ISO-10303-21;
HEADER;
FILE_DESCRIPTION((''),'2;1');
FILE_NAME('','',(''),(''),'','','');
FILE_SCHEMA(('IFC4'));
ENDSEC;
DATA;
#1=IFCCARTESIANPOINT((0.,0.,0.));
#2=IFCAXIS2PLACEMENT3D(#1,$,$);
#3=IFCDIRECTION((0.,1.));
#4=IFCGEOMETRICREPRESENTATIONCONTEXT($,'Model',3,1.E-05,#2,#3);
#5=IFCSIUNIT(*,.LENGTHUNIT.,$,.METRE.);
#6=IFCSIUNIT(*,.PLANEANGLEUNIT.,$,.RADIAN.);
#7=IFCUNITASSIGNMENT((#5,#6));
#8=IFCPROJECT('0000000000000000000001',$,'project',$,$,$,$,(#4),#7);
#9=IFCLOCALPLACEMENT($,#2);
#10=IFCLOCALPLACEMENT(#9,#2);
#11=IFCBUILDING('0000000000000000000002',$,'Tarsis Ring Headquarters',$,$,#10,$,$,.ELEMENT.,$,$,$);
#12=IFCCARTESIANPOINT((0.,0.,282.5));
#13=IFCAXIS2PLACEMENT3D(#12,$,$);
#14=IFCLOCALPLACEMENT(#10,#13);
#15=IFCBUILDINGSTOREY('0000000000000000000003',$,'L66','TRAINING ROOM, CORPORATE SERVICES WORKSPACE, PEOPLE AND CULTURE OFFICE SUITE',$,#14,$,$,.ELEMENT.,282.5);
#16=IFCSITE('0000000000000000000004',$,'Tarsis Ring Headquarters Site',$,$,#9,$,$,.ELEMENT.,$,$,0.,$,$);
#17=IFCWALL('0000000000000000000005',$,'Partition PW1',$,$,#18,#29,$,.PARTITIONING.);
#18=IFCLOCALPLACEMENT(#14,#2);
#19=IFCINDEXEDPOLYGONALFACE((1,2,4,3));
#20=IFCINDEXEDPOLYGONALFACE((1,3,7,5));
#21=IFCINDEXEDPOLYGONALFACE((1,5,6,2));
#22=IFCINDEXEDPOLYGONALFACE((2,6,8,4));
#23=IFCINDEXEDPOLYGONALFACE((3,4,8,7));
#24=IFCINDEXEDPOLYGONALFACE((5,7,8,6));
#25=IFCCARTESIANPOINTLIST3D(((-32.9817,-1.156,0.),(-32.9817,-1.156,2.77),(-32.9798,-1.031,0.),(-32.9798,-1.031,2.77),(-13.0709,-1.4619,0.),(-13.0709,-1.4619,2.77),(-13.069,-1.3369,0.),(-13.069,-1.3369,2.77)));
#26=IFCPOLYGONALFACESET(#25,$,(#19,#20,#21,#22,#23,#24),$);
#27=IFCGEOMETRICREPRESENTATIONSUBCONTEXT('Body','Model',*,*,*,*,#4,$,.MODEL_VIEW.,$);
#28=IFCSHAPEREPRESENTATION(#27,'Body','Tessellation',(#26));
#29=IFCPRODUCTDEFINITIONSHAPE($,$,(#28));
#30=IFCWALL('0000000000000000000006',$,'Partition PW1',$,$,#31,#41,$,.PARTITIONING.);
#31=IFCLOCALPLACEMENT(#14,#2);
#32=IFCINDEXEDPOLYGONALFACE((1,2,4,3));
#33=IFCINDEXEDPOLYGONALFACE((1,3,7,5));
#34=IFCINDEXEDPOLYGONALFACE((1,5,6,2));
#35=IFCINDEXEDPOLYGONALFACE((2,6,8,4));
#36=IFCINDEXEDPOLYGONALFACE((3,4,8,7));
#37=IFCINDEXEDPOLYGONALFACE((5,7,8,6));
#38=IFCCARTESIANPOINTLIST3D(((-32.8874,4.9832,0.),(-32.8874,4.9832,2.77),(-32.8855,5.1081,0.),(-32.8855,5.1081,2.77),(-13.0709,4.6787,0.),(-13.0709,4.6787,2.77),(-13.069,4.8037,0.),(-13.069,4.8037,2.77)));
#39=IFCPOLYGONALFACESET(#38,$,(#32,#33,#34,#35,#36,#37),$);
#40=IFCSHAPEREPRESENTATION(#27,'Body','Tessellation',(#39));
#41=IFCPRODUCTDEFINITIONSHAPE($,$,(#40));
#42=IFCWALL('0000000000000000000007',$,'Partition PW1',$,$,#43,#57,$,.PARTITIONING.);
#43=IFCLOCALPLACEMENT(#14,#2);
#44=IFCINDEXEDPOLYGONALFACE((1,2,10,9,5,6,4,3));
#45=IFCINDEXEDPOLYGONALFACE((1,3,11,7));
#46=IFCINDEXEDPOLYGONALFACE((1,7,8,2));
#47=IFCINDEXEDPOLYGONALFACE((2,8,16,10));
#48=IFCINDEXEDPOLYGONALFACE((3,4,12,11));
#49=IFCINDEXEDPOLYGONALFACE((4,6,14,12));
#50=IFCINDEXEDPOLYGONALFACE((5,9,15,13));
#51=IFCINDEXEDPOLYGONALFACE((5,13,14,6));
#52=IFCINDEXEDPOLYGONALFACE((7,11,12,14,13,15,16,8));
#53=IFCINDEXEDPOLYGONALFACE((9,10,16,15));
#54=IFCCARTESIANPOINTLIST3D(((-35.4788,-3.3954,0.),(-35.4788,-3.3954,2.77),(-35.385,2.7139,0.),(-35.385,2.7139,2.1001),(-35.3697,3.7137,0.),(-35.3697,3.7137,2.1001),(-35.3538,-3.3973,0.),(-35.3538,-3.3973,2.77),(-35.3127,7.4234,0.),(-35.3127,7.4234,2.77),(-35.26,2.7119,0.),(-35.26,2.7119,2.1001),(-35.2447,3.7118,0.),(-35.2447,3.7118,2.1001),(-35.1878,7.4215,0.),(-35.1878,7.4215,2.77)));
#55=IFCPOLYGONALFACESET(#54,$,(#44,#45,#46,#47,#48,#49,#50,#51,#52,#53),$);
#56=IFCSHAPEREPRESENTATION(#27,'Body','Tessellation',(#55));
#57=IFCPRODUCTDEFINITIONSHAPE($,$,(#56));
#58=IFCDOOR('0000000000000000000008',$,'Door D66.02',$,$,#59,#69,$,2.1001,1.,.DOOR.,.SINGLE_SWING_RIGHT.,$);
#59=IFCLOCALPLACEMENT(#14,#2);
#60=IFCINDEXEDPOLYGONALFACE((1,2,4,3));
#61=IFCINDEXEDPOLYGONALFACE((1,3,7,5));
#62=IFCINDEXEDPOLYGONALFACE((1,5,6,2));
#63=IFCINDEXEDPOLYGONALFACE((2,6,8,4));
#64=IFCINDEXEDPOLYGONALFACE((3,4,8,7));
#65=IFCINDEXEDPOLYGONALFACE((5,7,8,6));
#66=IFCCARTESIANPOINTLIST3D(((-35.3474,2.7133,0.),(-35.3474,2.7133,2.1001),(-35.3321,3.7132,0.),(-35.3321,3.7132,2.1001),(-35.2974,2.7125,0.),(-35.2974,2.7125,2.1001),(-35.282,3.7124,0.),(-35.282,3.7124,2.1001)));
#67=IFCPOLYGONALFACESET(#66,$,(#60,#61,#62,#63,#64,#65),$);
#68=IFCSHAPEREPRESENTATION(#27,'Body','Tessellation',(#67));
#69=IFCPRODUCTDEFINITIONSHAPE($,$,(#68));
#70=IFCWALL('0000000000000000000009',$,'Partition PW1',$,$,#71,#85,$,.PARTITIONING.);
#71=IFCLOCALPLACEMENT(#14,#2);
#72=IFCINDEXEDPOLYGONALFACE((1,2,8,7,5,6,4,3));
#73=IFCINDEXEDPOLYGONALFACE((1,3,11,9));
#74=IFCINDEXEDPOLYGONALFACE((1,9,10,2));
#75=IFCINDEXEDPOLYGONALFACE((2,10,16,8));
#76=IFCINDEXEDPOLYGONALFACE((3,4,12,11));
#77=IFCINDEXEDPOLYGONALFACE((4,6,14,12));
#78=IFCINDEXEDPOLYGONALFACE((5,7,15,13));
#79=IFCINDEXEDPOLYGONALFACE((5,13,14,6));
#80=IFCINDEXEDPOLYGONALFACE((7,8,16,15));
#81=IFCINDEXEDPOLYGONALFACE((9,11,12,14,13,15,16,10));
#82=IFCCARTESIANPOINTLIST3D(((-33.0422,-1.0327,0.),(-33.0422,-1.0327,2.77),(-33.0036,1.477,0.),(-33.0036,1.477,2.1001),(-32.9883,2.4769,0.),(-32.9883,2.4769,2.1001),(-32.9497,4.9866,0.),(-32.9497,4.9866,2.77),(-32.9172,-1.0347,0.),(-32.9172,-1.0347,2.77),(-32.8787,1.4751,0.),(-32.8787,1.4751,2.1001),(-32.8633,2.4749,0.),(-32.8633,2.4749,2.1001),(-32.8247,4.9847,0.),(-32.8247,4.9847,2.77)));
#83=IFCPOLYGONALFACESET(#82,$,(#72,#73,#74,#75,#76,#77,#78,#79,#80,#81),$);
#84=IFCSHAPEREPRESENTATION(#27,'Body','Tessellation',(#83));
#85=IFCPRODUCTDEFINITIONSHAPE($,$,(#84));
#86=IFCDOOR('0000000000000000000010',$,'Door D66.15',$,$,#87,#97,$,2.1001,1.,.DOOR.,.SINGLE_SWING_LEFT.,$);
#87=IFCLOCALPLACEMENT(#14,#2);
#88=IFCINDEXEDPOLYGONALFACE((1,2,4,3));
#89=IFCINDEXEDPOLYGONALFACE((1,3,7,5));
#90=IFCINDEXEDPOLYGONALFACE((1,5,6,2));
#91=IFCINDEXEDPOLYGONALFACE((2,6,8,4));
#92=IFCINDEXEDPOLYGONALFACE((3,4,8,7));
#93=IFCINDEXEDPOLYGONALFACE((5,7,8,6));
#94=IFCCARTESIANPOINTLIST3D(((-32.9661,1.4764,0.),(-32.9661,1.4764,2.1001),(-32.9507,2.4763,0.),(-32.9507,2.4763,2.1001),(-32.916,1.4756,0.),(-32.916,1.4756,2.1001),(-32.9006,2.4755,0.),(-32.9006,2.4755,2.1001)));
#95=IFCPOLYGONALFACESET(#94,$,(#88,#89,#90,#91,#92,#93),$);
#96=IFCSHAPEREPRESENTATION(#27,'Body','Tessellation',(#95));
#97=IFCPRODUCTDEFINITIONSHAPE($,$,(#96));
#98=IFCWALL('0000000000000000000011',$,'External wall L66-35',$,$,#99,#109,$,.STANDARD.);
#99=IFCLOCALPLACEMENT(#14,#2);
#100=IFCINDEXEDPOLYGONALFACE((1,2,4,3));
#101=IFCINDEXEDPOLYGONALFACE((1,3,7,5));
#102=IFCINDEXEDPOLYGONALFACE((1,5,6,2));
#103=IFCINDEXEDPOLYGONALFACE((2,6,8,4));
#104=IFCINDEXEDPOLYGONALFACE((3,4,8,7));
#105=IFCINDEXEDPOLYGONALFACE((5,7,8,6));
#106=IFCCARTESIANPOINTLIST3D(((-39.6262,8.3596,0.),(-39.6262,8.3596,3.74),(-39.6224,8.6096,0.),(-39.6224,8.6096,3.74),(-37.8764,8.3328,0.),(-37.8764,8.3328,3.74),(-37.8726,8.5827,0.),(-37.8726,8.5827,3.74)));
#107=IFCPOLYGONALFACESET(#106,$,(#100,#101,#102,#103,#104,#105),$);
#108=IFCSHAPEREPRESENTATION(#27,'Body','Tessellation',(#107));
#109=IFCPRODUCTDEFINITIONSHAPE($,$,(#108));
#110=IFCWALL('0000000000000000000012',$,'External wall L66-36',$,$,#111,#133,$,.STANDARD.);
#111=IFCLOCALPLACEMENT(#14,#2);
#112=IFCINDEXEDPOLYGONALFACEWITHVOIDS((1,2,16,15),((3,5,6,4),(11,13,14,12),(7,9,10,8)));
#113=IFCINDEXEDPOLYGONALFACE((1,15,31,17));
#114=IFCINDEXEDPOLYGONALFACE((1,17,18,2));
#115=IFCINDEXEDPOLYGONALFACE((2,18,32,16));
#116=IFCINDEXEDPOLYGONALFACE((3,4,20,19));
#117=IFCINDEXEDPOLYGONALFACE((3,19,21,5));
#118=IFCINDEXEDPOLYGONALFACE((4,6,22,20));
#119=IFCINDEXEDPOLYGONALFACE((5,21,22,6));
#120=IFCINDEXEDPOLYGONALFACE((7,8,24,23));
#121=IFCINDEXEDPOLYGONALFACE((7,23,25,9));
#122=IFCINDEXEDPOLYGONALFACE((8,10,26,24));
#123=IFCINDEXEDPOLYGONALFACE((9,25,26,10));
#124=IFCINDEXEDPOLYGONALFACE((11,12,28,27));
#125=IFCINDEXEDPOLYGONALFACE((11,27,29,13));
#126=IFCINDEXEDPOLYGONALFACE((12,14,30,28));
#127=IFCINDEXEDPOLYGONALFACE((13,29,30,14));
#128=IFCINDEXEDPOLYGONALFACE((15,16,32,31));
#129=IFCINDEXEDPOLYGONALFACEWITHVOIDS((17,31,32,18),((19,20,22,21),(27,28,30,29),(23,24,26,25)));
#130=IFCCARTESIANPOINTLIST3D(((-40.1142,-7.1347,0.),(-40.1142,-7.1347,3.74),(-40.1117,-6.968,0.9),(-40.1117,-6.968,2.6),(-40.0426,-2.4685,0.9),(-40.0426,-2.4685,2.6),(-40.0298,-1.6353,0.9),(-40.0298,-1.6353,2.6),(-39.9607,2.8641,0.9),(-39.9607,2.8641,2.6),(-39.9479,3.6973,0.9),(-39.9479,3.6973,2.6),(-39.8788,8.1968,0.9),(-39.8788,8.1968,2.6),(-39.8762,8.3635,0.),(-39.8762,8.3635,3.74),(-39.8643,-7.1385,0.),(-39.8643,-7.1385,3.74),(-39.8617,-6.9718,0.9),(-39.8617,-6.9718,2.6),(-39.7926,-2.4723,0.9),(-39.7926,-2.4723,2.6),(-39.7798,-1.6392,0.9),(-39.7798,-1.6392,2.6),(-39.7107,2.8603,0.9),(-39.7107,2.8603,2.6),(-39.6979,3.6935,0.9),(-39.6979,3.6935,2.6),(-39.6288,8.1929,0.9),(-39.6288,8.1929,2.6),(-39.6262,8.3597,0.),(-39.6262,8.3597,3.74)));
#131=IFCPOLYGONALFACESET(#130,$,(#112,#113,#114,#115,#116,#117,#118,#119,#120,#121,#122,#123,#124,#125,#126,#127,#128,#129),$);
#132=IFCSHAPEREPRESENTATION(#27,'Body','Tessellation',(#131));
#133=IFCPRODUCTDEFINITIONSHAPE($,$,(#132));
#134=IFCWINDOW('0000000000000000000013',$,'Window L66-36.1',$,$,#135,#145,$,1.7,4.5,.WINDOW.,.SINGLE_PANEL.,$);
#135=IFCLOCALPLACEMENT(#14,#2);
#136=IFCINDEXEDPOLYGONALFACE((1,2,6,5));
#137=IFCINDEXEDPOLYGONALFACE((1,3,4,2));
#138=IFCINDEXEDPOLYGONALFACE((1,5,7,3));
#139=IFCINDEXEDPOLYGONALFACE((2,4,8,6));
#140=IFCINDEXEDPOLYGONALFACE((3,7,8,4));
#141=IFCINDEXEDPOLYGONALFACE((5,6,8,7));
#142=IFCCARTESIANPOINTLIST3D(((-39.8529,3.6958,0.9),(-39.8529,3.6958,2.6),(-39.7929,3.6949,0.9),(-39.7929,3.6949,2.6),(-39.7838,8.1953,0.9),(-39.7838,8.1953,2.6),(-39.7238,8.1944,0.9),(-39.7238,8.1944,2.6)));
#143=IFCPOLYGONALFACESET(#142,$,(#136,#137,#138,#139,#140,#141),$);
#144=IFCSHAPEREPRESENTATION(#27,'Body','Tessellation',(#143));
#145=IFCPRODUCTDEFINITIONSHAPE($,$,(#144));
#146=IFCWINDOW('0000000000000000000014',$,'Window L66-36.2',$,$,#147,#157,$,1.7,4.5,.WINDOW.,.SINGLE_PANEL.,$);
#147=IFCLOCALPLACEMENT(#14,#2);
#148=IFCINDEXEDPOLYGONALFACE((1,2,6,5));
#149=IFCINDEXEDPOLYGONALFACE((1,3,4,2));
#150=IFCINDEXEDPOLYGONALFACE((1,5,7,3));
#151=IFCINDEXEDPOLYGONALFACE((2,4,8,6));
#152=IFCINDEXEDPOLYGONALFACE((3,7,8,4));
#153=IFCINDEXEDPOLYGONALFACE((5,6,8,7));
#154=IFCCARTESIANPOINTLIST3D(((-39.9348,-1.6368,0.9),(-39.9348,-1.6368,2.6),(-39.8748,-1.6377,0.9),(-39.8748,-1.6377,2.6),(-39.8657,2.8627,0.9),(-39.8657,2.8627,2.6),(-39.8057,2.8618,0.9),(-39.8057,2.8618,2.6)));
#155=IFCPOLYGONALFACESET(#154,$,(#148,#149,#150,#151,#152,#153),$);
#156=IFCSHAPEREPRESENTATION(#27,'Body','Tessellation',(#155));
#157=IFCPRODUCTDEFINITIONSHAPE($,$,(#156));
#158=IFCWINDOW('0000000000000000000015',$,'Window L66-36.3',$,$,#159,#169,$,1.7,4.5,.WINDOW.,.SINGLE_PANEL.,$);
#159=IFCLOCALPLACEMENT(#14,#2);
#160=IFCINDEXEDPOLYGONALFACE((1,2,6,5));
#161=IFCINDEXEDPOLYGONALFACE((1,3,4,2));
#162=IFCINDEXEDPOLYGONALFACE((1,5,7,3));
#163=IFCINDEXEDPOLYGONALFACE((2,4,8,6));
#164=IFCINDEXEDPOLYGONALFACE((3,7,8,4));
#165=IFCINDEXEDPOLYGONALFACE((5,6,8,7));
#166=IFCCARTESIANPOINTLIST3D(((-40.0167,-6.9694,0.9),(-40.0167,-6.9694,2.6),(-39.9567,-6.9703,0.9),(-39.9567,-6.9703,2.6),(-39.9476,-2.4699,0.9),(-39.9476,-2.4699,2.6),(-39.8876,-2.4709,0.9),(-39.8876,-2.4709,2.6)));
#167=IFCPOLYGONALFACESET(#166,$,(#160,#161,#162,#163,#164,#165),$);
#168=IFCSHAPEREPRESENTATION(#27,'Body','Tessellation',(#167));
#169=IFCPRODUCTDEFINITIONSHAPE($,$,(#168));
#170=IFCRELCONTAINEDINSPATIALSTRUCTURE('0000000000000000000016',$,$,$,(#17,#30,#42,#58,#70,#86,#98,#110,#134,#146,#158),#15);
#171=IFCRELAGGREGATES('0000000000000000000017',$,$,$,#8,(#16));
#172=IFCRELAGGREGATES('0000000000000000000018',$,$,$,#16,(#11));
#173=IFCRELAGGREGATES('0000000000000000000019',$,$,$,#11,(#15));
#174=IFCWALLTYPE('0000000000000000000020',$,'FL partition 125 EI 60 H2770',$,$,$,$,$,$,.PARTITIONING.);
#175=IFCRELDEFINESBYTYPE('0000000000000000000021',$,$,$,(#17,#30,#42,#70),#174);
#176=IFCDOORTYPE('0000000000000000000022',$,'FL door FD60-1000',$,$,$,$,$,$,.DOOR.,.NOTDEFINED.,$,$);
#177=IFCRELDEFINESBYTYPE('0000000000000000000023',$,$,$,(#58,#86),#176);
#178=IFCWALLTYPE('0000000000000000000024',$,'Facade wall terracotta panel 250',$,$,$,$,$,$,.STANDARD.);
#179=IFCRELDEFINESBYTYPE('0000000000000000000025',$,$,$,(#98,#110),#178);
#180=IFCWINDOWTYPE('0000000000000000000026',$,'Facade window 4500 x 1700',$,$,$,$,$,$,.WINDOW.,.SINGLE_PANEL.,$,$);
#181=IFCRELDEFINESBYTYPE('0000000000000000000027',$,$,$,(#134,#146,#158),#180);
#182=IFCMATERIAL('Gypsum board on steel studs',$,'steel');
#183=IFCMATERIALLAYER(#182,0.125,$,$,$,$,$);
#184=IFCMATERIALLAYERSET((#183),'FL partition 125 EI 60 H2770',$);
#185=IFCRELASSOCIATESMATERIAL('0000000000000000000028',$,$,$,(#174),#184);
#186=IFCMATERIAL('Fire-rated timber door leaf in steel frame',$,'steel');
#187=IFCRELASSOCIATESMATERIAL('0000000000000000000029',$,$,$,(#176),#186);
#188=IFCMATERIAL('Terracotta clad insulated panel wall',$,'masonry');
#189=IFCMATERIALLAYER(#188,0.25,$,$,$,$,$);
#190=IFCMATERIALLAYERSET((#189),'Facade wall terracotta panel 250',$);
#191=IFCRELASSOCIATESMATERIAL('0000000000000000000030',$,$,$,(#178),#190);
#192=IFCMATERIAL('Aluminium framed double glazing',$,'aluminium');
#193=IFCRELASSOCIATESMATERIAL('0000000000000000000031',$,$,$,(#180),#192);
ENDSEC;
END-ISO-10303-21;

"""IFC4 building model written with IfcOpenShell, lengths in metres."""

from ifc_helpers import new_model, si_unit, direction, frame, frame_2d, origin, place, context, subcontext, project, spatial, rectangle, extrude, material, layer, layer_set, type_object, element, fill, save


model = new_model("IFC4")

# Units and contexts
model_context = context("Model", 3, precision=1e-05, world=origin(), true_north=direction((0.0, 1.0)))
body_context = subcontext(model_context, "Body", "Model", "MODEL_VIEW")
ifc_project = project(units=[si_unit("LENGTHUNIT", "METRE"), si_unit("PLANEANGLEUNIT", "RADIAN")], contexts=[model_context])

# Site, building, storey
site_placement = place(None, origin())
site = spatial("IfcSite", under=ifc_project, at=site_placement, Name="Tarsis Ring Headquarters Site", CompositionType="ELEMENT", RefElevation=0.0)
building_placement = place(site_placement, origin())
building = spatial("IfcBuilding", under=site, at=building_placement, Name="Tarsis Ring Headquarters", CompositionType="ELEMENT")
storey_placement = place(building_placement, frame((0.0, 0.0, 282.5)))
storey = spatial("IfcBuildingStorey", under=building, at=storey_placement, Name="L66", Description="TRAINING ROOM, CORPORATE SERVICES WORKSPACE, PEOPLE AND CULTURE OFFICE SUITE", CompositionType="ELEMENT", Elevation=282.5)

# Shared definitions
ifc_material_1 = material(Name="Gypsum board on steel studs", Category="steel")

# Shared definitions
ifc_layer_1 = layer(ifc_material_1, 0.125)
ifc_layer_set_1 = layer_set([ifc_layer_1], Name="FL partition 125 EI 60 H2770")
wall_type_1 = type_object("IfcWallType", Name="FL partition 125 EI 60 H2770", PredefinedType="PARTITIONING", material=ifc_layer_set_1)
ifc_material_2 = material(Name="Fire-rated timber door leaf in steel frame", Category="steel")
door_type = type_object("IfcDoorType", Name="FL door FD60-1000", OperationType="NOTDEFINED", PredefinedType="DOOR", material=ifc_material_2)

# Walls
wall_1_placement = place(storey_placement, frame((-32.9807, -1.0935, 0.0), z_axis=(0.0, 0.0, 1.0), x_axis=(0.999882, -0.015362, 0.0)))
element("IfcWall", 1, at=wall_1_placement, inside=storey, type_object=wall_type_1, Name="Partition PW1", PredefinedType="PARTITIONING", context=body_context, shape_type="SweptSolid", body=[
    extrude(rectangle(XDim=19.9131, YDim=0.125, at=frame_2d((9.9565, 0.0))), origin(), (0.0, 0.0, 1.0), 2.77),
])
wall_2_placement = place(storey_placement, frame((-32.8865, 5.0457, 0.0), z_axis=(0.0, 0.0, 1.0), x_axis=(0.999882, -0.015361, 0.0)))
element("IfcWall", 2, at=wall_2_placement, inside=storey, type_object=wall_type_1, Name="Partition PW1", PredefinedType="PARTITIONING", context=body_context, shape_type="SweptSolid", body=[
    extrude(rectangle(XDim=19.8188, YDim=0.125, at=frame_2d((9.9094, 0.0))), origin(), (0.0, 0.0, 1.0), 2.77),
])

# Walls, openings, doors
wall_3_placement = place(storey_placement, frame((-35.4163, -3.3965, 0.0), z_axis=(0.0, 0.0, 1.0), x_axis=(0.015343, 0.999882, 0.0)))
wall_3 = element("IfcWall", 3, at=wall_3_placement, inside=storey, type_object=wall_type_1, Name="Partition PW1", PredefinedType="PARTITIONING", context=body_context, shape_type="SweptSolid", body=[
    extrude(rectangle(XDim=10.8201, YDim=0.125, at=frame_2d((5.4102, 0.0))), origin(), (0.0, 0.0, 1.0), 2.77),
])
opening_1_placement = place(wall_3_placement, frame((6.1101, 0.0, 0.0)))
opening_1 = element("IfcOpeningElement", 4, at=opening_1_placement, cuts=wall_3, PredefinedType="OPENING", context=body_context, shape_type="SweptSolid", body=[
    extrude(rectangle(XDim=1.0, YDim=2.1001, at=frame_2d((0.5, 1.05))), frame((0.0, 0.0725, 0.0), z_axis=(0.0, -1.0, 0.0), x_axis=(1.0, 0.0, 0.0)), (0.0, 0.0, 1.0), 0.145),
])
door_1_placement = place(opening_1_placement, origin())
door_1 = element("IfcDoor", 5, at=door_1_placement, inside=storey, type_object=door_type, Name="Door D66.02", OperationType="SINGLE_SWING_RIGHT", OverallHeight=2.1001, OverallWidth=1.0, PredefinedType="DOOR", context=body_context, shape_type="SweptSolid", body=[
    extrude(rectangle(XDim=1.0, YDim=2.1001, at=frame_2d((0.5, 1.05))), frame((0.0, 0.0249, 0.0), z_axis=(0.0, -1.0, 0.0), x_axis=(1.0, 0.0, 0.0)), (0.0, 0.0, 1.0), 0.05),
])
fill(opening_1, door_1)
wall_4_placement = place(storey_placement, frame((-32.9797, -1.0337, 0.0), z_axis=(0.0, 0.0, 1.0), x_axis=(0.01537, 0.999882, 0.0)))
wall_4 = element("IfcWall", 6, at=wall_4_placement, inside=storey, type_object=wall_type_1, Name="Partition PW1", PredefinedType="PARTITIONING", context=body_context, shape_type="SweptSolid", body=[
    extrude(rectangle(XDim=6.02, YDim=0.125, at=frame_2d((3.01, 0.0))), origin(), (0.0, 0.0, 1.0), 2.77),
])
opening_2_placement = place(wall_4_placement, frame((2.51, 0.0, 0.0)))
opening_2 = element("IfcOpeningElement", 7, at=opening_2_placement, cuts=wall_4, PredefinedType="OPENING", context=body_context, shape_type="SweptSolid", body=[
    extrude(rectangle(XDim=1.0, YDim=2.1001, at=frame_2d((0.5, 1.05))), frame((0.0, 0.0725, 0.0), z_axis=(0.0, -1.0, 0.0), x_axis=(1.0, 0.0, 0.0)), (0.0, 0.0, 1.0), 0.145),
])
door_2_placement = place(opening_2_placement, origin())
door_2 = element("IfcDoor", 8, at=door_2_placement, inside=storey, type_object=door_type, Name="Door D66.15", OperationType="SINGLE_SWING_LEFT", OverallHeight=2.1001, OverallWidth=1.0, PredefinedType="DOOR", context=body_context, shape_type="SweptSolid", body=[
    extrude(rectangle(XDim=1.0, YDim=2.1001, at=frame_2d((0.5, 1.05))), frame((0.0, 0.0249, 0.0), z_axis=(0.0, -1.0, 0.0), x_axis=(1.0, 0.0, 0.0)), (0.0, 0.0, 1.0), 0.05),
])
fill(opening_2, door_2)

# Wall
ifc_material_3 = material(Name="Terracotta clad insulated panel wall", Category="masonry")
ifc_layer_2 = layer(ifc_material_3, 0.25)
ifc_layer_set_2 = layer_set([ifc_layer_2], Name="Facade wall terracotta panel 250")
wall_type_2 = type_object("IfcWallType", Name="Facade wall terracotta panel 250", PredefinedType="STANDARD", material=ifc_layer_set_2)
wall_5_placement = place(storey_placement, frame((-37.8745, 8.4578, 0.0), z_axis=(0.0, 0.0, 1.0), x_axis=(-0.999882, 0.015346, 0.0)))
element("IfcWall", 9, at=wall_5_placement, inside=storey, type_object=wall_type_2, Name="External wall L66-35", PredefinedType="STANDARD", context=body_context, shape_type="SweptSolid", body=[
    extrude(rectangle(XDim=1.75, YDim=0.25, at=frame_2d((0.875, 0.0))), origin(), (0.0, 0.0, 1.0), 3.74),
])

# Wall, openings, windows
wall_6_placement = place(storey_placement, frame((-39.7512, 8.3616, 0.0), z_axis=(0.0, 0.0, 1.0), x_axis=(-0.015357, -0.999882, 0.0)))
wall_6 = element("IfcWall", 10, at=wall_6_placement, inside=storey, type_object=wall_type_2, Name="External wall L66-36", PredefinedType="STANDARD", context=body_context, shape_type="SweptSolid", body=[
    extrude(rectangle(XDim=15.5, YDim=0.25, at=frame_2d((7.75, 0.0))), origin(), (0.0, 0.0, 1.0), 3.74),
])
opening_3_placement = place(wall_6_placement, frame((0.1667, 0.0, 0.8999)))
opening_3 = element("IfcOpeningElement", 11, at=opening_3_placement, cuts=wall_6, PredefinedType="OPENING", context=body_context, shape_type="SweptSolid", body=[
    extrude(rectangle(XDim=4.5, YDim=1.7, at=frame_2d((2.25, 0.8501))), frame((0.0, 0.135, 0.0), z_axis=(0.0, -1.0, 0.0), x_axis=(1.0, 0.0, 0.0)), (0.0, 0.0, 1.0), 0.27),
])
opening_4_placement = place(wall_6_placement, frame((5.5, 0.0, 0.8999)))
opening_4 = element("IfcOpeningElement", 12, at=opening_4_placement, cuts=wall_6, PredefinedType="OPENING", context=body_context, shape_type="SweptSolid", body=[
    extrude(rectangle(XDim=4.5, YDim=1.7, at=frame_2d((2.25, 0.8501))), frame((0.0, 0.135, 0.0), z_axis=(0.0, -1.0, 0.0), x_axis=(1.0, 0.0, 0.0)), (0.0, 0.0, 1.0), 0.27),
])
opening_5_placement = place(wall_6_placement, frame((10.8333, 0.0, 0.8999)))
opening_5 = element("IfcOpeningElement", 13, at=opening_5_placement, cuts=wall_6, PredefinedType="OPENING", context=body_context, shape_type="SweptSolid", body=[
    extrude(rectangle(XDim=4.5, YDim=1.7, at=frame_2d((2.25, 0.8501))), frame((0.0, 0.135, 0.0), z_axis=(0.0, -1.0, 0.0), x_axis=(1.0, 0.0, 0.0)), (0.0, 0.0, 1.0), 0.27),
])
ifc_material_4 = material(Name="Aluminium framed double glazing", Category="aluminium")
window_type = type_object("IfcWindowType", Name="Facade window 4500 x 1700", PartitioningType="SINGLE_PANEL", PredefinedType="WINDOW", material=ifc_material_4)
window_1_placement = place(opening_3_placement, origin())
window_1 = element("IfcWindow", 14, at=window_1_placement, inside=storey, type_object=window_type, Name="Window L66-36.1", OverallHeight=1.7, OverallWidth=4.5, PartitioningType="SINGLE_PANEL", PredefinedType="WINDOW", context=body_context, shape_type="SweptSolid", body=[
    extrude(rectangle(XDim=4.5, YDim=1.7, at=frame_2d((2.25, 0.8501))), frame((0.0, 0.03, 0.0), z_axis=(0.0, -1.0, 0.0), x_axis=(1.0, 0.0, 0.0)), (0.0, 0.0, 1.0), 0.0601),
])
fill(opening_3, window_1)
window_2_placement = place(opening_4_placement, origin())
window_2 = element("IfcWindow", 15, at=window_2_placement, inside=storey, type_object=window_type, Name="Window L66-36.2", OverallHeight=1.7, OverallWidth=4.5, PartitioningType="SINGLE_PANEL", PredefinedType="WINDOW", context=body_context, shape_type="SweptSolid", body=[
    extrude(rectangle(XDim=4.5, YDim=1.7, at=frame_2d((2.25, 0.8501))), frame((0.0, 0.03, 0.0), z_axis=(0.0, -1.0, 0.0), x_axis=(1.0, 0.0, 0.0)), (0.0, 0.0, 1.0), 0.0601),
])
fill(opening_4, window_2)
window_3_placement = place(opening_5_placement, origin())
window_3 = element("IfcWindow", 16, at=window_3_placement, inside=storey, type_object=window_type, Name="Window L66-36.3", OverallHeight=1.7, OverallWidth=4.5, PartitioningType="SINGLE_PANEL", PredefinedType="WINDOW", context=body_context, shape_type="SweptSolid", body=[
    extrude(rectangle(XDim=4.5, YDim=1.7, at=frame_2d((2.25, 0.8501))), frame((0.0, 0.03, 0.0), z_axis=(0.0, -1.0, 0.0), x_axis=(1.0, 0.0, 0.0)), (0.0, 0.0, 1.0), 0.0601),
])
fill(opening_5, window_3)

save(model, "model.ifc")
